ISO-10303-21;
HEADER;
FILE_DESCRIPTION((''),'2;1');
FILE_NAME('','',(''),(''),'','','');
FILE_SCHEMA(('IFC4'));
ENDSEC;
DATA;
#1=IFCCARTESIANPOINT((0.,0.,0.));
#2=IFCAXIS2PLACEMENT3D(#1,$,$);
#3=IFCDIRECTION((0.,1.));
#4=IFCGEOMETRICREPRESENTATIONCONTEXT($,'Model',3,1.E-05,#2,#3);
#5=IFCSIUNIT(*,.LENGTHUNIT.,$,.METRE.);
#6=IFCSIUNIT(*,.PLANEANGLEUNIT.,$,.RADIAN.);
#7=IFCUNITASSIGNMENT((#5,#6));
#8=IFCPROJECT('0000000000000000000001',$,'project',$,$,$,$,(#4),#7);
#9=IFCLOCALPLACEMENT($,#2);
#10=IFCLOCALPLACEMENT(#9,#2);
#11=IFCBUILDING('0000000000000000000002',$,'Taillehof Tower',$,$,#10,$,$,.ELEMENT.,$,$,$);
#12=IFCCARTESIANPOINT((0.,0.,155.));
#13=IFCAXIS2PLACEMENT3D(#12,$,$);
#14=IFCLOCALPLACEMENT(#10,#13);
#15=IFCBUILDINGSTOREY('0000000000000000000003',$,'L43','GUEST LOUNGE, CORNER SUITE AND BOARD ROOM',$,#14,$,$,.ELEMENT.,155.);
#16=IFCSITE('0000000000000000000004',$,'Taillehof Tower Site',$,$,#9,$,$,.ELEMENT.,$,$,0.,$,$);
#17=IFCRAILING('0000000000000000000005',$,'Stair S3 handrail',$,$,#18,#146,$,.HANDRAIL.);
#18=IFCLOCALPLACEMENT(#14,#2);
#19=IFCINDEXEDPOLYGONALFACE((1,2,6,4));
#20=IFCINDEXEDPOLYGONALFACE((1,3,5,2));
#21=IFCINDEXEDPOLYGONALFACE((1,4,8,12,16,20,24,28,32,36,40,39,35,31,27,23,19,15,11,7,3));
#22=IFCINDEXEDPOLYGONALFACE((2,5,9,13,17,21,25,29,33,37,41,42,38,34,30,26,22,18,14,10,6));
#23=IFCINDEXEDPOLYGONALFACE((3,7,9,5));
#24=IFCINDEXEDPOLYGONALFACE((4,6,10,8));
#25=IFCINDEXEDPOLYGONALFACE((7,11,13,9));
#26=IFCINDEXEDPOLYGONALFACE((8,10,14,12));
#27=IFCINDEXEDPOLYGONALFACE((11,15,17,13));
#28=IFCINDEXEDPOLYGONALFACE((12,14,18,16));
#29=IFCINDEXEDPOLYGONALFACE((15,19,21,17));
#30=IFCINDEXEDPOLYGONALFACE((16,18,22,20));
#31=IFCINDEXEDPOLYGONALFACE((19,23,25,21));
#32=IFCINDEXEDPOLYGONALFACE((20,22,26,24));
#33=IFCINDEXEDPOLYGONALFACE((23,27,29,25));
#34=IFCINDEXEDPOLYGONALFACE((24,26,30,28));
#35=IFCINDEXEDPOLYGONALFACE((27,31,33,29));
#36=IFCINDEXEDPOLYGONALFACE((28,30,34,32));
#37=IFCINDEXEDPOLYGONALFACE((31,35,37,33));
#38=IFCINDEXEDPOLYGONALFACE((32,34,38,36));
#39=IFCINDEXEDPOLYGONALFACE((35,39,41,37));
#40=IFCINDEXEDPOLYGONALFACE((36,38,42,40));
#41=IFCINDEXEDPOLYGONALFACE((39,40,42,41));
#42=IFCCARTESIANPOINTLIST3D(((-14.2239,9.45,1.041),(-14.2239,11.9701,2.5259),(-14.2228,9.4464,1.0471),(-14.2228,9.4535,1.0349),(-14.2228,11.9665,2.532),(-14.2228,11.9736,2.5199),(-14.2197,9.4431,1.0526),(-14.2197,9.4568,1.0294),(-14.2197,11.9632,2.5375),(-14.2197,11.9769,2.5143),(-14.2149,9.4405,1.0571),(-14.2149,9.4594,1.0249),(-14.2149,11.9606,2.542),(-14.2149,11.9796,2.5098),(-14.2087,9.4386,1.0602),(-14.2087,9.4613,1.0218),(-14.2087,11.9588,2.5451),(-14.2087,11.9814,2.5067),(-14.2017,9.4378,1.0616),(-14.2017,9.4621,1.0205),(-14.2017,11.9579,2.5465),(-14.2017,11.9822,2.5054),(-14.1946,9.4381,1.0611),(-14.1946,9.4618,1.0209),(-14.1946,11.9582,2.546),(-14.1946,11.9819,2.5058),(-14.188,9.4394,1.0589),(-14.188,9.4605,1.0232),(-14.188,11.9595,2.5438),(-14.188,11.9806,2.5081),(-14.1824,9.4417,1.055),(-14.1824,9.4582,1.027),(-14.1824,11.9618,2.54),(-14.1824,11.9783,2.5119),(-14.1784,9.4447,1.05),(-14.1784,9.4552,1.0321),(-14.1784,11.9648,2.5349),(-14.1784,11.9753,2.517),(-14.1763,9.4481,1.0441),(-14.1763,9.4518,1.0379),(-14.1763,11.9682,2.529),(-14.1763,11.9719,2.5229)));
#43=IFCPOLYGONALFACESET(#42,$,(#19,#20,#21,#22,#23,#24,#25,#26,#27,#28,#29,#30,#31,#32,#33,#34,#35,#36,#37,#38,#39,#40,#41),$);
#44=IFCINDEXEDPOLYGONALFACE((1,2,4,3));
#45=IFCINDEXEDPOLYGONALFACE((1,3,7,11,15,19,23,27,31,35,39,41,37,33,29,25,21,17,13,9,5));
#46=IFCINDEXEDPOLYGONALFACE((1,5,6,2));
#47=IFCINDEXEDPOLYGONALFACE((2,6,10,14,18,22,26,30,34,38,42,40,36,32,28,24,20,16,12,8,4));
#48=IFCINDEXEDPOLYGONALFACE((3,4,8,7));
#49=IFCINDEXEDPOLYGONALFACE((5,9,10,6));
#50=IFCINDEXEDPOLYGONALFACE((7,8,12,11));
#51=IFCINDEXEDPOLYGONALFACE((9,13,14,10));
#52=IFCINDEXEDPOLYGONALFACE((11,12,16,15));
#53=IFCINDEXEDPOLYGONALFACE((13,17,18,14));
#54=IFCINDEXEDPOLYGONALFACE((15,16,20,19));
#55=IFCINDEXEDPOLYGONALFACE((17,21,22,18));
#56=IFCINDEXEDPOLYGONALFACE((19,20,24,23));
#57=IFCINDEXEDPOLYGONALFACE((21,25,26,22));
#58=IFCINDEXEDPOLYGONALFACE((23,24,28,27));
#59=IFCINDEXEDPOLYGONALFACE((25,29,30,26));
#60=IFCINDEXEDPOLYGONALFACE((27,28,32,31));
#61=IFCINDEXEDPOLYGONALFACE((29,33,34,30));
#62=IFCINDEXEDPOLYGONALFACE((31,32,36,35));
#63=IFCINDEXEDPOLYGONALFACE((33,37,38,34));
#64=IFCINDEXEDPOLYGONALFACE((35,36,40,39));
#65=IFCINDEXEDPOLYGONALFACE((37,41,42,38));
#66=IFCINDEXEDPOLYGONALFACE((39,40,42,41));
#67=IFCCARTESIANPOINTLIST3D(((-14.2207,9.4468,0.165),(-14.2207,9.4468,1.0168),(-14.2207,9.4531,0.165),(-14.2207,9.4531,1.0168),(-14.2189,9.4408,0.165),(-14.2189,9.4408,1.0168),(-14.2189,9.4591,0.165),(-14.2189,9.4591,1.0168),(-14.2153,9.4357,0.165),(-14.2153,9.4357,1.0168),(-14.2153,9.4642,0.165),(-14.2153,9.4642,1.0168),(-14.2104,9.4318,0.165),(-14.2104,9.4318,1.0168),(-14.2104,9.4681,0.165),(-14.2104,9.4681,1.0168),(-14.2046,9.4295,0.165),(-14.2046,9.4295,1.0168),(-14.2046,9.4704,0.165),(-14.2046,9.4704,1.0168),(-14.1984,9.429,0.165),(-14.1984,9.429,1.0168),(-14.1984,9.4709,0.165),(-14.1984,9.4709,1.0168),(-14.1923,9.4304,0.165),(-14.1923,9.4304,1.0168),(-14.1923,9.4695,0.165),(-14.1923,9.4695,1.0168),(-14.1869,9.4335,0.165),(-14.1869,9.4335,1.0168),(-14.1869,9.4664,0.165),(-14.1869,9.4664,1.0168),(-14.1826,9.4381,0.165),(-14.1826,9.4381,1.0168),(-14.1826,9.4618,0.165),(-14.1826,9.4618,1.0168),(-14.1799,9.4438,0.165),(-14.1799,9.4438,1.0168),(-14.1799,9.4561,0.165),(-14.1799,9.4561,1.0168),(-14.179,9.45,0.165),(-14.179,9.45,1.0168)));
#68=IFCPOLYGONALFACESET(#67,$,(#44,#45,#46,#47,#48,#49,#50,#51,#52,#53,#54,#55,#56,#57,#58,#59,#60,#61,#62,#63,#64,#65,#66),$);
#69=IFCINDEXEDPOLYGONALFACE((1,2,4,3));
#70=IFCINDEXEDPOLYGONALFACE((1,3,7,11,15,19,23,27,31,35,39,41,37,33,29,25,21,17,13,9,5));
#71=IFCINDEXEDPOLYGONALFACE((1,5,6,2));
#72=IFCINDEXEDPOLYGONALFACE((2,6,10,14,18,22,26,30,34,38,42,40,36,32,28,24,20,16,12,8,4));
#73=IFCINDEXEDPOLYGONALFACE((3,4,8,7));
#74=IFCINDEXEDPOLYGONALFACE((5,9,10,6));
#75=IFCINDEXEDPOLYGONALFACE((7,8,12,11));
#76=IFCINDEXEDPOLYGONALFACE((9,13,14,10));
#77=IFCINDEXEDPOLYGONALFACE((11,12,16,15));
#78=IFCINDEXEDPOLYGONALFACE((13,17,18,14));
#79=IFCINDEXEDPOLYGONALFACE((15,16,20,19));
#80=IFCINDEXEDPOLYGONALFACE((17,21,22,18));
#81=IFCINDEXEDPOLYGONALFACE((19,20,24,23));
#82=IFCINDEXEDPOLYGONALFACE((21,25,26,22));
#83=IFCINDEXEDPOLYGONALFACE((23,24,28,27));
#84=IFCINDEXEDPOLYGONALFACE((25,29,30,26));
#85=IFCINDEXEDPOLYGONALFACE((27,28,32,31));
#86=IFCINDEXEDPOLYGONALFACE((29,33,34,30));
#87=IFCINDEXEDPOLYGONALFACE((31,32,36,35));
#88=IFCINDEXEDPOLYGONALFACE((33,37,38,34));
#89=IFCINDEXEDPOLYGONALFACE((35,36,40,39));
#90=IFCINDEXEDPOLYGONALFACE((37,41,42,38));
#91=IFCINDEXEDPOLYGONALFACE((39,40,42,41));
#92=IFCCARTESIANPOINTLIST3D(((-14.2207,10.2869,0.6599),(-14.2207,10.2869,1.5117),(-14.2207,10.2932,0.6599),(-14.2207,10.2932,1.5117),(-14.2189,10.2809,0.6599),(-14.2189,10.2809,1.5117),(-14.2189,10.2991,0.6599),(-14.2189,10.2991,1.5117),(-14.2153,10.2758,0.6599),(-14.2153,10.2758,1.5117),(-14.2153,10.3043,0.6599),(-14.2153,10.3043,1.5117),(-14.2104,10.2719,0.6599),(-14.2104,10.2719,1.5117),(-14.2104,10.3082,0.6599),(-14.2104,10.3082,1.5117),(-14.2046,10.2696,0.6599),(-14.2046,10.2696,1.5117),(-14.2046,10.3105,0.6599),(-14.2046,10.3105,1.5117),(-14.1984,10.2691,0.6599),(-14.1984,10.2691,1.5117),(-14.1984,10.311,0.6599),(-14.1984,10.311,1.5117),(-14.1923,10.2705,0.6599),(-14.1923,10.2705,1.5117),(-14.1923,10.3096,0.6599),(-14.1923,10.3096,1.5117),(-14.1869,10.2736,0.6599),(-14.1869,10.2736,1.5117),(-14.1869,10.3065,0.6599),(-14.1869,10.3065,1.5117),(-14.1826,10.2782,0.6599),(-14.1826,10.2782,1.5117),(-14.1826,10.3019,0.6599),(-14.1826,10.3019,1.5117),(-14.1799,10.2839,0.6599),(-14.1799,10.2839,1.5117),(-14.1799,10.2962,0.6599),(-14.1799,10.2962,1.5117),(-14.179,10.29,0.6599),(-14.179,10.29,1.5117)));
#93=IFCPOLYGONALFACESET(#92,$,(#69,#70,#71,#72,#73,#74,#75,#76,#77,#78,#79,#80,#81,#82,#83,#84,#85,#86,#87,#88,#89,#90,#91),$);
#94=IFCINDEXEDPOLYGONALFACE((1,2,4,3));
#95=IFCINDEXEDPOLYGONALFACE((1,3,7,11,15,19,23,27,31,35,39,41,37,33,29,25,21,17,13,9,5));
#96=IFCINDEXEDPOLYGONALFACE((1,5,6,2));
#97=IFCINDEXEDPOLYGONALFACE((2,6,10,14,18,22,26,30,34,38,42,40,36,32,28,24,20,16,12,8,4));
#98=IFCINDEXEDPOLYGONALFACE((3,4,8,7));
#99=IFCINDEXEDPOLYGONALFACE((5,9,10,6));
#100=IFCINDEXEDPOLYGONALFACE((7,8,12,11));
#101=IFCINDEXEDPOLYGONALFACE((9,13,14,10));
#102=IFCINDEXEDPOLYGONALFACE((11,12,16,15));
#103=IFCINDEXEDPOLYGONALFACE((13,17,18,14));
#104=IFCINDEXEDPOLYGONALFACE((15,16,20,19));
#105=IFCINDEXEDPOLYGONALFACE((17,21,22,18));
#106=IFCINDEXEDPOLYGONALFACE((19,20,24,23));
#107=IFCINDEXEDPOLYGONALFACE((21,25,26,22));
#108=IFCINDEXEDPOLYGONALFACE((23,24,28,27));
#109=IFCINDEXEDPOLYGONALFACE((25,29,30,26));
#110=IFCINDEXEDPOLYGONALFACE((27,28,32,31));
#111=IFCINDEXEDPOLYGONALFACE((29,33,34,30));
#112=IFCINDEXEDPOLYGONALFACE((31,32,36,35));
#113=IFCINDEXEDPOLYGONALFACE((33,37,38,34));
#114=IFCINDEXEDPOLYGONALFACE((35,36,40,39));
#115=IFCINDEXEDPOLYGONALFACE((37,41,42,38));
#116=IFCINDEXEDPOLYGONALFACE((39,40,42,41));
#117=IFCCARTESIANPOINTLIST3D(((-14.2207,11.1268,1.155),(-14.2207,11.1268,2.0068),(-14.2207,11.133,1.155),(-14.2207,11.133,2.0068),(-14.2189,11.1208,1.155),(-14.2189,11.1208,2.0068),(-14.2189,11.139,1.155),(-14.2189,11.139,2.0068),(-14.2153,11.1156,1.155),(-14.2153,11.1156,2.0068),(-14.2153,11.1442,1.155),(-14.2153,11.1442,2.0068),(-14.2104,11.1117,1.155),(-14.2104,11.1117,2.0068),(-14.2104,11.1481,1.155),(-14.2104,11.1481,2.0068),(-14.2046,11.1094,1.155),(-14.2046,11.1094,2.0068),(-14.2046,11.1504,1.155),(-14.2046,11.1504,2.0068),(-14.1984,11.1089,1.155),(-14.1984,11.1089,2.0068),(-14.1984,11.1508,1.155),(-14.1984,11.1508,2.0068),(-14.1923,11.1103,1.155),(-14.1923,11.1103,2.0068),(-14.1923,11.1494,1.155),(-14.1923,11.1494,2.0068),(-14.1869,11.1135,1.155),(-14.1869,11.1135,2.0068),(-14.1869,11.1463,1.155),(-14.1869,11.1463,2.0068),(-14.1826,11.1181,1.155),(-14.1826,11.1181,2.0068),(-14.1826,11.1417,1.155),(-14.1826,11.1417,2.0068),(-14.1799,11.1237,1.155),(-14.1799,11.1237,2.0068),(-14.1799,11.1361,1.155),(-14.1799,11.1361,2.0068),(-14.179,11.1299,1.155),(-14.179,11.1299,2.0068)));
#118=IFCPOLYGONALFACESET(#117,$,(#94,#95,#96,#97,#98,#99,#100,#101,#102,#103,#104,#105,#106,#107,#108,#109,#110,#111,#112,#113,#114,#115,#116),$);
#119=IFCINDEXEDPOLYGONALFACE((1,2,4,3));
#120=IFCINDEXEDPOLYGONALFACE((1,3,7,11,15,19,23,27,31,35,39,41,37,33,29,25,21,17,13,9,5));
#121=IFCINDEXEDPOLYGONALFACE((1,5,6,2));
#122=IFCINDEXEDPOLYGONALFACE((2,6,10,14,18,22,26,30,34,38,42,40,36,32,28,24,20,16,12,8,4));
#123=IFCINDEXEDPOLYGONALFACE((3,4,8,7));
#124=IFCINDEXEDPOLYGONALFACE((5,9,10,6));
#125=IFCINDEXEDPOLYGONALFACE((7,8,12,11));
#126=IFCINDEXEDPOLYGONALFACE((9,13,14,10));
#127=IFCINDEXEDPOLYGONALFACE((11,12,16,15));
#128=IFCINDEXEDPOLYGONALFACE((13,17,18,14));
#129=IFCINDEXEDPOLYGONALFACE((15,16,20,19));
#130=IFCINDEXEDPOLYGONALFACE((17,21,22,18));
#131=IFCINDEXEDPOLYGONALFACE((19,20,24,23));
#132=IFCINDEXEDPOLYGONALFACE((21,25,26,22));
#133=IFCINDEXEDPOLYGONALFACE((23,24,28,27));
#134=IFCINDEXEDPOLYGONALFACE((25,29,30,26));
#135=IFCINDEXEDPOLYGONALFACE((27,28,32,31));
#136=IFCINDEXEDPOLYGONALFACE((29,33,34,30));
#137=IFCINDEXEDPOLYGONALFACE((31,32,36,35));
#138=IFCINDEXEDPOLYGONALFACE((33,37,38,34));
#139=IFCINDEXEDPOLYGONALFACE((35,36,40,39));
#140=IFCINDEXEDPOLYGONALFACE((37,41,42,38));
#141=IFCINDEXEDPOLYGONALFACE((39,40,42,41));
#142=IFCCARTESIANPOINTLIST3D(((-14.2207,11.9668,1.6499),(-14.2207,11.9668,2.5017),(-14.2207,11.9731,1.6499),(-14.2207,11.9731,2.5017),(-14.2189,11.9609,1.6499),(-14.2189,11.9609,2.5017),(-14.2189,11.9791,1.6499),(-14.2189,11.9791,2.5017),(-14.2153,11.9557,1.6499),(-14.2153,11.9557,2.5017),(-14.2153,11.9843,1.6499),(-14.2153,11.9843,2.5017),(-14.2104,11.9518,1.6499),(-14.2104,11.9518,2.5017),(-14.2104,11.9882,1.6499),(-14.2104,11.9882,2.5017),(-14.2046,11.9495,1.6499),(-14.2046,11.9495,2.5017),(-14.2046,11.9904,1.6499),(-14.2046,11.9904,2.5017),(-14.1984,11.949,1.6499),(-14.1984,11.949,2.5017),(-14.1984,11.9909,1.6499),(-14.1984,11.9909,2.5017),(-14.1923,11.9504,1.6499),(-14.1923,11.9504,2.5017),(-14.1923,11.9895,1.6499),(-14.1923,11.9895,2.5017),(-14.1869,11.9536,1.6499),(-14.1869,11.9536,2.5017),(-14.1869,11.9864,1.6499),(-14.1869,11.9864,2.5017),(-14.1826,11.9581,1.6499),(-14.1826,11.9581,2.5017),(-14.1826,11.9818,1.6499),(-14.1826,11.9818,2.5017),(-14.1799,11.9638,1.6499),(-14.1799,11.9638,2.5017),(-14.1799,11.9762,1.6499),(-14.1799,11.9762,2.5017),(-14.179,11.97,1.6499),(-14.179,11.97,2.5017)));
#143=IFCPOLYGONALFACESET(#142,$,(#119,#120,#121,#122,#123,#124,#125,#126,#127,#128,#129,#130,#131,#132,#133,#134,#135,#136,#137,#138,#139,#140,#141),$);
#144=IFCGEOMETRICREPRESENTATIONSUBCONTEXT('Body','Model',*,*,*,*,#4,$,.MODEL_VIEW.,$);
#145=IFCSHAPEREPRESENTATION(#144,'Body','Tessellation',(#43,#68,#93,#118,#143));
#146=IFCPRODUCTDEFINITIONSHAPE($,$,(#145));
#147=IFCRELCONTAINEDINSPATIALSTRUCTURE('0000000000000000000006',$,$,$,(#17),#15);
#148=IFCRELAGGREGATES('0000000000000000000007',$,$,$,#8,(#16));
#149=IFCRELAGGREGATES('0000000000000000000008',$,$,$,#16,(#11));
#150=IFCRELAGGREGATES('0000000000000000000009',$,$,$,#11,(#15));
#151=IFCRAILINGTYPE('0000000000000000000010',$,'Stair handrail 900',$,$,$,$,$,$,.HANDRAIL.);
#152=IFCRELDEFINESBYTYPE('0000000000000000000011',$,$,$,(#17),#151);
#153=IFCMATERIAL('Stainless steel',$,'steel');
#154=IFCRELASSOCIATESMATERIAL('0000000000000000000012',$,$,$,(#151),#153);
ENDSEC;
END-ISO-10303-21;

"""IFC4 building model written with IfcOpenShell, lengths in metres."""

from ifc_helpers import new_model, si_unit, direction, frame, origin, origin_2d, place, context, subcontext, project, spatial, circle, extrude, material, type_object, element, save


model = new_model("IFC4")

# Units and contexts
model_context = context("Model", 3, precision=1e-05, world=origin(), true_north=direction((0.0, 1.0)))
body_context = subcontext(model_context, "Body", "Model", "MODEL_VIEW")
ifc_project = project(units=[si_unit("LENGTHUNIT", "METRE"), si_unit("PLANEANGLEUNIT", "RADIAN")], contexts=[model_context])

# Site, building, storey
site_placement = place(None, origin())
site = spatial("IfcSite", under=ifc_project, at=site_placement, Name="Taillehof Tower Site", CompositionType="ELEMENT", RefElevation=0.0)
building_placement = place(site_placement, origin())
building = spatial("IfcBuilding", under=site, at=building_placement, Name="Taillehof Tower", CompositionType="ELEMENT")
storey_placement = place(building_placement, frame((0.0, 0.0, 155.0)))
storey = spatial("IfcBuildingStorey", under=building, at=storey_placement, Name="L43", Description="GUEST LOUNGE, CORNER SUITE AND BOARD ROOM", CompositionType="ELEMENT", Elevation=155.0)

# Railing
ifc_material_1 = material(Name="Stainless steel", Category="steel")
railing_type = type_object("IfcRailingType", Name="Stair handrail 900", PredefinedType="HANDRAIL", material=ifc_material_1)
railing_placement = place(storey_placement, frame((-14.2, 9.45, 0.165)))
element("IfcRailing", 1, at=railing_placement, inside=storey, type_object=railing_type, Name="Stair S3 handrail", PredefinedType="HANDRAIL", context=body_context, shape_type="SweptSolid", body=[
    extrude(circle(Radius=0.0239, at=origin_2d()), frame((0.0, 0.0, 0.876), z_axis=(0.0, 0.861561, 0.507655), x_axis=(-1.0, 0.0, 0.0)), (0.0, 0.0, 1.0), 2.925),
    extrude(circle(Radius=0.021, at=origin_2d()), origin(), (0.0, 0.0, 1.0), 0.8518),
    extrude(circle(Radius=0.021, at=origin_2d()), frame((0.0, 0.8401, 0.4949)), (0.0, 0.0, 1.0), 0.8518),
    extrude(circle(Radius=0.021, at=origin_2d()), frame((0.0, 1.6799, 0.99)), (0.0, 0.0, 1.0), 0.8518),
    extrude(circle(Radius=0.021, at=origin_2d()), frame((0.0, 2.52, 1.4849)), (0.0, 0.0, 1.0), 0.8518),
])

save(model, "model.ifc")
